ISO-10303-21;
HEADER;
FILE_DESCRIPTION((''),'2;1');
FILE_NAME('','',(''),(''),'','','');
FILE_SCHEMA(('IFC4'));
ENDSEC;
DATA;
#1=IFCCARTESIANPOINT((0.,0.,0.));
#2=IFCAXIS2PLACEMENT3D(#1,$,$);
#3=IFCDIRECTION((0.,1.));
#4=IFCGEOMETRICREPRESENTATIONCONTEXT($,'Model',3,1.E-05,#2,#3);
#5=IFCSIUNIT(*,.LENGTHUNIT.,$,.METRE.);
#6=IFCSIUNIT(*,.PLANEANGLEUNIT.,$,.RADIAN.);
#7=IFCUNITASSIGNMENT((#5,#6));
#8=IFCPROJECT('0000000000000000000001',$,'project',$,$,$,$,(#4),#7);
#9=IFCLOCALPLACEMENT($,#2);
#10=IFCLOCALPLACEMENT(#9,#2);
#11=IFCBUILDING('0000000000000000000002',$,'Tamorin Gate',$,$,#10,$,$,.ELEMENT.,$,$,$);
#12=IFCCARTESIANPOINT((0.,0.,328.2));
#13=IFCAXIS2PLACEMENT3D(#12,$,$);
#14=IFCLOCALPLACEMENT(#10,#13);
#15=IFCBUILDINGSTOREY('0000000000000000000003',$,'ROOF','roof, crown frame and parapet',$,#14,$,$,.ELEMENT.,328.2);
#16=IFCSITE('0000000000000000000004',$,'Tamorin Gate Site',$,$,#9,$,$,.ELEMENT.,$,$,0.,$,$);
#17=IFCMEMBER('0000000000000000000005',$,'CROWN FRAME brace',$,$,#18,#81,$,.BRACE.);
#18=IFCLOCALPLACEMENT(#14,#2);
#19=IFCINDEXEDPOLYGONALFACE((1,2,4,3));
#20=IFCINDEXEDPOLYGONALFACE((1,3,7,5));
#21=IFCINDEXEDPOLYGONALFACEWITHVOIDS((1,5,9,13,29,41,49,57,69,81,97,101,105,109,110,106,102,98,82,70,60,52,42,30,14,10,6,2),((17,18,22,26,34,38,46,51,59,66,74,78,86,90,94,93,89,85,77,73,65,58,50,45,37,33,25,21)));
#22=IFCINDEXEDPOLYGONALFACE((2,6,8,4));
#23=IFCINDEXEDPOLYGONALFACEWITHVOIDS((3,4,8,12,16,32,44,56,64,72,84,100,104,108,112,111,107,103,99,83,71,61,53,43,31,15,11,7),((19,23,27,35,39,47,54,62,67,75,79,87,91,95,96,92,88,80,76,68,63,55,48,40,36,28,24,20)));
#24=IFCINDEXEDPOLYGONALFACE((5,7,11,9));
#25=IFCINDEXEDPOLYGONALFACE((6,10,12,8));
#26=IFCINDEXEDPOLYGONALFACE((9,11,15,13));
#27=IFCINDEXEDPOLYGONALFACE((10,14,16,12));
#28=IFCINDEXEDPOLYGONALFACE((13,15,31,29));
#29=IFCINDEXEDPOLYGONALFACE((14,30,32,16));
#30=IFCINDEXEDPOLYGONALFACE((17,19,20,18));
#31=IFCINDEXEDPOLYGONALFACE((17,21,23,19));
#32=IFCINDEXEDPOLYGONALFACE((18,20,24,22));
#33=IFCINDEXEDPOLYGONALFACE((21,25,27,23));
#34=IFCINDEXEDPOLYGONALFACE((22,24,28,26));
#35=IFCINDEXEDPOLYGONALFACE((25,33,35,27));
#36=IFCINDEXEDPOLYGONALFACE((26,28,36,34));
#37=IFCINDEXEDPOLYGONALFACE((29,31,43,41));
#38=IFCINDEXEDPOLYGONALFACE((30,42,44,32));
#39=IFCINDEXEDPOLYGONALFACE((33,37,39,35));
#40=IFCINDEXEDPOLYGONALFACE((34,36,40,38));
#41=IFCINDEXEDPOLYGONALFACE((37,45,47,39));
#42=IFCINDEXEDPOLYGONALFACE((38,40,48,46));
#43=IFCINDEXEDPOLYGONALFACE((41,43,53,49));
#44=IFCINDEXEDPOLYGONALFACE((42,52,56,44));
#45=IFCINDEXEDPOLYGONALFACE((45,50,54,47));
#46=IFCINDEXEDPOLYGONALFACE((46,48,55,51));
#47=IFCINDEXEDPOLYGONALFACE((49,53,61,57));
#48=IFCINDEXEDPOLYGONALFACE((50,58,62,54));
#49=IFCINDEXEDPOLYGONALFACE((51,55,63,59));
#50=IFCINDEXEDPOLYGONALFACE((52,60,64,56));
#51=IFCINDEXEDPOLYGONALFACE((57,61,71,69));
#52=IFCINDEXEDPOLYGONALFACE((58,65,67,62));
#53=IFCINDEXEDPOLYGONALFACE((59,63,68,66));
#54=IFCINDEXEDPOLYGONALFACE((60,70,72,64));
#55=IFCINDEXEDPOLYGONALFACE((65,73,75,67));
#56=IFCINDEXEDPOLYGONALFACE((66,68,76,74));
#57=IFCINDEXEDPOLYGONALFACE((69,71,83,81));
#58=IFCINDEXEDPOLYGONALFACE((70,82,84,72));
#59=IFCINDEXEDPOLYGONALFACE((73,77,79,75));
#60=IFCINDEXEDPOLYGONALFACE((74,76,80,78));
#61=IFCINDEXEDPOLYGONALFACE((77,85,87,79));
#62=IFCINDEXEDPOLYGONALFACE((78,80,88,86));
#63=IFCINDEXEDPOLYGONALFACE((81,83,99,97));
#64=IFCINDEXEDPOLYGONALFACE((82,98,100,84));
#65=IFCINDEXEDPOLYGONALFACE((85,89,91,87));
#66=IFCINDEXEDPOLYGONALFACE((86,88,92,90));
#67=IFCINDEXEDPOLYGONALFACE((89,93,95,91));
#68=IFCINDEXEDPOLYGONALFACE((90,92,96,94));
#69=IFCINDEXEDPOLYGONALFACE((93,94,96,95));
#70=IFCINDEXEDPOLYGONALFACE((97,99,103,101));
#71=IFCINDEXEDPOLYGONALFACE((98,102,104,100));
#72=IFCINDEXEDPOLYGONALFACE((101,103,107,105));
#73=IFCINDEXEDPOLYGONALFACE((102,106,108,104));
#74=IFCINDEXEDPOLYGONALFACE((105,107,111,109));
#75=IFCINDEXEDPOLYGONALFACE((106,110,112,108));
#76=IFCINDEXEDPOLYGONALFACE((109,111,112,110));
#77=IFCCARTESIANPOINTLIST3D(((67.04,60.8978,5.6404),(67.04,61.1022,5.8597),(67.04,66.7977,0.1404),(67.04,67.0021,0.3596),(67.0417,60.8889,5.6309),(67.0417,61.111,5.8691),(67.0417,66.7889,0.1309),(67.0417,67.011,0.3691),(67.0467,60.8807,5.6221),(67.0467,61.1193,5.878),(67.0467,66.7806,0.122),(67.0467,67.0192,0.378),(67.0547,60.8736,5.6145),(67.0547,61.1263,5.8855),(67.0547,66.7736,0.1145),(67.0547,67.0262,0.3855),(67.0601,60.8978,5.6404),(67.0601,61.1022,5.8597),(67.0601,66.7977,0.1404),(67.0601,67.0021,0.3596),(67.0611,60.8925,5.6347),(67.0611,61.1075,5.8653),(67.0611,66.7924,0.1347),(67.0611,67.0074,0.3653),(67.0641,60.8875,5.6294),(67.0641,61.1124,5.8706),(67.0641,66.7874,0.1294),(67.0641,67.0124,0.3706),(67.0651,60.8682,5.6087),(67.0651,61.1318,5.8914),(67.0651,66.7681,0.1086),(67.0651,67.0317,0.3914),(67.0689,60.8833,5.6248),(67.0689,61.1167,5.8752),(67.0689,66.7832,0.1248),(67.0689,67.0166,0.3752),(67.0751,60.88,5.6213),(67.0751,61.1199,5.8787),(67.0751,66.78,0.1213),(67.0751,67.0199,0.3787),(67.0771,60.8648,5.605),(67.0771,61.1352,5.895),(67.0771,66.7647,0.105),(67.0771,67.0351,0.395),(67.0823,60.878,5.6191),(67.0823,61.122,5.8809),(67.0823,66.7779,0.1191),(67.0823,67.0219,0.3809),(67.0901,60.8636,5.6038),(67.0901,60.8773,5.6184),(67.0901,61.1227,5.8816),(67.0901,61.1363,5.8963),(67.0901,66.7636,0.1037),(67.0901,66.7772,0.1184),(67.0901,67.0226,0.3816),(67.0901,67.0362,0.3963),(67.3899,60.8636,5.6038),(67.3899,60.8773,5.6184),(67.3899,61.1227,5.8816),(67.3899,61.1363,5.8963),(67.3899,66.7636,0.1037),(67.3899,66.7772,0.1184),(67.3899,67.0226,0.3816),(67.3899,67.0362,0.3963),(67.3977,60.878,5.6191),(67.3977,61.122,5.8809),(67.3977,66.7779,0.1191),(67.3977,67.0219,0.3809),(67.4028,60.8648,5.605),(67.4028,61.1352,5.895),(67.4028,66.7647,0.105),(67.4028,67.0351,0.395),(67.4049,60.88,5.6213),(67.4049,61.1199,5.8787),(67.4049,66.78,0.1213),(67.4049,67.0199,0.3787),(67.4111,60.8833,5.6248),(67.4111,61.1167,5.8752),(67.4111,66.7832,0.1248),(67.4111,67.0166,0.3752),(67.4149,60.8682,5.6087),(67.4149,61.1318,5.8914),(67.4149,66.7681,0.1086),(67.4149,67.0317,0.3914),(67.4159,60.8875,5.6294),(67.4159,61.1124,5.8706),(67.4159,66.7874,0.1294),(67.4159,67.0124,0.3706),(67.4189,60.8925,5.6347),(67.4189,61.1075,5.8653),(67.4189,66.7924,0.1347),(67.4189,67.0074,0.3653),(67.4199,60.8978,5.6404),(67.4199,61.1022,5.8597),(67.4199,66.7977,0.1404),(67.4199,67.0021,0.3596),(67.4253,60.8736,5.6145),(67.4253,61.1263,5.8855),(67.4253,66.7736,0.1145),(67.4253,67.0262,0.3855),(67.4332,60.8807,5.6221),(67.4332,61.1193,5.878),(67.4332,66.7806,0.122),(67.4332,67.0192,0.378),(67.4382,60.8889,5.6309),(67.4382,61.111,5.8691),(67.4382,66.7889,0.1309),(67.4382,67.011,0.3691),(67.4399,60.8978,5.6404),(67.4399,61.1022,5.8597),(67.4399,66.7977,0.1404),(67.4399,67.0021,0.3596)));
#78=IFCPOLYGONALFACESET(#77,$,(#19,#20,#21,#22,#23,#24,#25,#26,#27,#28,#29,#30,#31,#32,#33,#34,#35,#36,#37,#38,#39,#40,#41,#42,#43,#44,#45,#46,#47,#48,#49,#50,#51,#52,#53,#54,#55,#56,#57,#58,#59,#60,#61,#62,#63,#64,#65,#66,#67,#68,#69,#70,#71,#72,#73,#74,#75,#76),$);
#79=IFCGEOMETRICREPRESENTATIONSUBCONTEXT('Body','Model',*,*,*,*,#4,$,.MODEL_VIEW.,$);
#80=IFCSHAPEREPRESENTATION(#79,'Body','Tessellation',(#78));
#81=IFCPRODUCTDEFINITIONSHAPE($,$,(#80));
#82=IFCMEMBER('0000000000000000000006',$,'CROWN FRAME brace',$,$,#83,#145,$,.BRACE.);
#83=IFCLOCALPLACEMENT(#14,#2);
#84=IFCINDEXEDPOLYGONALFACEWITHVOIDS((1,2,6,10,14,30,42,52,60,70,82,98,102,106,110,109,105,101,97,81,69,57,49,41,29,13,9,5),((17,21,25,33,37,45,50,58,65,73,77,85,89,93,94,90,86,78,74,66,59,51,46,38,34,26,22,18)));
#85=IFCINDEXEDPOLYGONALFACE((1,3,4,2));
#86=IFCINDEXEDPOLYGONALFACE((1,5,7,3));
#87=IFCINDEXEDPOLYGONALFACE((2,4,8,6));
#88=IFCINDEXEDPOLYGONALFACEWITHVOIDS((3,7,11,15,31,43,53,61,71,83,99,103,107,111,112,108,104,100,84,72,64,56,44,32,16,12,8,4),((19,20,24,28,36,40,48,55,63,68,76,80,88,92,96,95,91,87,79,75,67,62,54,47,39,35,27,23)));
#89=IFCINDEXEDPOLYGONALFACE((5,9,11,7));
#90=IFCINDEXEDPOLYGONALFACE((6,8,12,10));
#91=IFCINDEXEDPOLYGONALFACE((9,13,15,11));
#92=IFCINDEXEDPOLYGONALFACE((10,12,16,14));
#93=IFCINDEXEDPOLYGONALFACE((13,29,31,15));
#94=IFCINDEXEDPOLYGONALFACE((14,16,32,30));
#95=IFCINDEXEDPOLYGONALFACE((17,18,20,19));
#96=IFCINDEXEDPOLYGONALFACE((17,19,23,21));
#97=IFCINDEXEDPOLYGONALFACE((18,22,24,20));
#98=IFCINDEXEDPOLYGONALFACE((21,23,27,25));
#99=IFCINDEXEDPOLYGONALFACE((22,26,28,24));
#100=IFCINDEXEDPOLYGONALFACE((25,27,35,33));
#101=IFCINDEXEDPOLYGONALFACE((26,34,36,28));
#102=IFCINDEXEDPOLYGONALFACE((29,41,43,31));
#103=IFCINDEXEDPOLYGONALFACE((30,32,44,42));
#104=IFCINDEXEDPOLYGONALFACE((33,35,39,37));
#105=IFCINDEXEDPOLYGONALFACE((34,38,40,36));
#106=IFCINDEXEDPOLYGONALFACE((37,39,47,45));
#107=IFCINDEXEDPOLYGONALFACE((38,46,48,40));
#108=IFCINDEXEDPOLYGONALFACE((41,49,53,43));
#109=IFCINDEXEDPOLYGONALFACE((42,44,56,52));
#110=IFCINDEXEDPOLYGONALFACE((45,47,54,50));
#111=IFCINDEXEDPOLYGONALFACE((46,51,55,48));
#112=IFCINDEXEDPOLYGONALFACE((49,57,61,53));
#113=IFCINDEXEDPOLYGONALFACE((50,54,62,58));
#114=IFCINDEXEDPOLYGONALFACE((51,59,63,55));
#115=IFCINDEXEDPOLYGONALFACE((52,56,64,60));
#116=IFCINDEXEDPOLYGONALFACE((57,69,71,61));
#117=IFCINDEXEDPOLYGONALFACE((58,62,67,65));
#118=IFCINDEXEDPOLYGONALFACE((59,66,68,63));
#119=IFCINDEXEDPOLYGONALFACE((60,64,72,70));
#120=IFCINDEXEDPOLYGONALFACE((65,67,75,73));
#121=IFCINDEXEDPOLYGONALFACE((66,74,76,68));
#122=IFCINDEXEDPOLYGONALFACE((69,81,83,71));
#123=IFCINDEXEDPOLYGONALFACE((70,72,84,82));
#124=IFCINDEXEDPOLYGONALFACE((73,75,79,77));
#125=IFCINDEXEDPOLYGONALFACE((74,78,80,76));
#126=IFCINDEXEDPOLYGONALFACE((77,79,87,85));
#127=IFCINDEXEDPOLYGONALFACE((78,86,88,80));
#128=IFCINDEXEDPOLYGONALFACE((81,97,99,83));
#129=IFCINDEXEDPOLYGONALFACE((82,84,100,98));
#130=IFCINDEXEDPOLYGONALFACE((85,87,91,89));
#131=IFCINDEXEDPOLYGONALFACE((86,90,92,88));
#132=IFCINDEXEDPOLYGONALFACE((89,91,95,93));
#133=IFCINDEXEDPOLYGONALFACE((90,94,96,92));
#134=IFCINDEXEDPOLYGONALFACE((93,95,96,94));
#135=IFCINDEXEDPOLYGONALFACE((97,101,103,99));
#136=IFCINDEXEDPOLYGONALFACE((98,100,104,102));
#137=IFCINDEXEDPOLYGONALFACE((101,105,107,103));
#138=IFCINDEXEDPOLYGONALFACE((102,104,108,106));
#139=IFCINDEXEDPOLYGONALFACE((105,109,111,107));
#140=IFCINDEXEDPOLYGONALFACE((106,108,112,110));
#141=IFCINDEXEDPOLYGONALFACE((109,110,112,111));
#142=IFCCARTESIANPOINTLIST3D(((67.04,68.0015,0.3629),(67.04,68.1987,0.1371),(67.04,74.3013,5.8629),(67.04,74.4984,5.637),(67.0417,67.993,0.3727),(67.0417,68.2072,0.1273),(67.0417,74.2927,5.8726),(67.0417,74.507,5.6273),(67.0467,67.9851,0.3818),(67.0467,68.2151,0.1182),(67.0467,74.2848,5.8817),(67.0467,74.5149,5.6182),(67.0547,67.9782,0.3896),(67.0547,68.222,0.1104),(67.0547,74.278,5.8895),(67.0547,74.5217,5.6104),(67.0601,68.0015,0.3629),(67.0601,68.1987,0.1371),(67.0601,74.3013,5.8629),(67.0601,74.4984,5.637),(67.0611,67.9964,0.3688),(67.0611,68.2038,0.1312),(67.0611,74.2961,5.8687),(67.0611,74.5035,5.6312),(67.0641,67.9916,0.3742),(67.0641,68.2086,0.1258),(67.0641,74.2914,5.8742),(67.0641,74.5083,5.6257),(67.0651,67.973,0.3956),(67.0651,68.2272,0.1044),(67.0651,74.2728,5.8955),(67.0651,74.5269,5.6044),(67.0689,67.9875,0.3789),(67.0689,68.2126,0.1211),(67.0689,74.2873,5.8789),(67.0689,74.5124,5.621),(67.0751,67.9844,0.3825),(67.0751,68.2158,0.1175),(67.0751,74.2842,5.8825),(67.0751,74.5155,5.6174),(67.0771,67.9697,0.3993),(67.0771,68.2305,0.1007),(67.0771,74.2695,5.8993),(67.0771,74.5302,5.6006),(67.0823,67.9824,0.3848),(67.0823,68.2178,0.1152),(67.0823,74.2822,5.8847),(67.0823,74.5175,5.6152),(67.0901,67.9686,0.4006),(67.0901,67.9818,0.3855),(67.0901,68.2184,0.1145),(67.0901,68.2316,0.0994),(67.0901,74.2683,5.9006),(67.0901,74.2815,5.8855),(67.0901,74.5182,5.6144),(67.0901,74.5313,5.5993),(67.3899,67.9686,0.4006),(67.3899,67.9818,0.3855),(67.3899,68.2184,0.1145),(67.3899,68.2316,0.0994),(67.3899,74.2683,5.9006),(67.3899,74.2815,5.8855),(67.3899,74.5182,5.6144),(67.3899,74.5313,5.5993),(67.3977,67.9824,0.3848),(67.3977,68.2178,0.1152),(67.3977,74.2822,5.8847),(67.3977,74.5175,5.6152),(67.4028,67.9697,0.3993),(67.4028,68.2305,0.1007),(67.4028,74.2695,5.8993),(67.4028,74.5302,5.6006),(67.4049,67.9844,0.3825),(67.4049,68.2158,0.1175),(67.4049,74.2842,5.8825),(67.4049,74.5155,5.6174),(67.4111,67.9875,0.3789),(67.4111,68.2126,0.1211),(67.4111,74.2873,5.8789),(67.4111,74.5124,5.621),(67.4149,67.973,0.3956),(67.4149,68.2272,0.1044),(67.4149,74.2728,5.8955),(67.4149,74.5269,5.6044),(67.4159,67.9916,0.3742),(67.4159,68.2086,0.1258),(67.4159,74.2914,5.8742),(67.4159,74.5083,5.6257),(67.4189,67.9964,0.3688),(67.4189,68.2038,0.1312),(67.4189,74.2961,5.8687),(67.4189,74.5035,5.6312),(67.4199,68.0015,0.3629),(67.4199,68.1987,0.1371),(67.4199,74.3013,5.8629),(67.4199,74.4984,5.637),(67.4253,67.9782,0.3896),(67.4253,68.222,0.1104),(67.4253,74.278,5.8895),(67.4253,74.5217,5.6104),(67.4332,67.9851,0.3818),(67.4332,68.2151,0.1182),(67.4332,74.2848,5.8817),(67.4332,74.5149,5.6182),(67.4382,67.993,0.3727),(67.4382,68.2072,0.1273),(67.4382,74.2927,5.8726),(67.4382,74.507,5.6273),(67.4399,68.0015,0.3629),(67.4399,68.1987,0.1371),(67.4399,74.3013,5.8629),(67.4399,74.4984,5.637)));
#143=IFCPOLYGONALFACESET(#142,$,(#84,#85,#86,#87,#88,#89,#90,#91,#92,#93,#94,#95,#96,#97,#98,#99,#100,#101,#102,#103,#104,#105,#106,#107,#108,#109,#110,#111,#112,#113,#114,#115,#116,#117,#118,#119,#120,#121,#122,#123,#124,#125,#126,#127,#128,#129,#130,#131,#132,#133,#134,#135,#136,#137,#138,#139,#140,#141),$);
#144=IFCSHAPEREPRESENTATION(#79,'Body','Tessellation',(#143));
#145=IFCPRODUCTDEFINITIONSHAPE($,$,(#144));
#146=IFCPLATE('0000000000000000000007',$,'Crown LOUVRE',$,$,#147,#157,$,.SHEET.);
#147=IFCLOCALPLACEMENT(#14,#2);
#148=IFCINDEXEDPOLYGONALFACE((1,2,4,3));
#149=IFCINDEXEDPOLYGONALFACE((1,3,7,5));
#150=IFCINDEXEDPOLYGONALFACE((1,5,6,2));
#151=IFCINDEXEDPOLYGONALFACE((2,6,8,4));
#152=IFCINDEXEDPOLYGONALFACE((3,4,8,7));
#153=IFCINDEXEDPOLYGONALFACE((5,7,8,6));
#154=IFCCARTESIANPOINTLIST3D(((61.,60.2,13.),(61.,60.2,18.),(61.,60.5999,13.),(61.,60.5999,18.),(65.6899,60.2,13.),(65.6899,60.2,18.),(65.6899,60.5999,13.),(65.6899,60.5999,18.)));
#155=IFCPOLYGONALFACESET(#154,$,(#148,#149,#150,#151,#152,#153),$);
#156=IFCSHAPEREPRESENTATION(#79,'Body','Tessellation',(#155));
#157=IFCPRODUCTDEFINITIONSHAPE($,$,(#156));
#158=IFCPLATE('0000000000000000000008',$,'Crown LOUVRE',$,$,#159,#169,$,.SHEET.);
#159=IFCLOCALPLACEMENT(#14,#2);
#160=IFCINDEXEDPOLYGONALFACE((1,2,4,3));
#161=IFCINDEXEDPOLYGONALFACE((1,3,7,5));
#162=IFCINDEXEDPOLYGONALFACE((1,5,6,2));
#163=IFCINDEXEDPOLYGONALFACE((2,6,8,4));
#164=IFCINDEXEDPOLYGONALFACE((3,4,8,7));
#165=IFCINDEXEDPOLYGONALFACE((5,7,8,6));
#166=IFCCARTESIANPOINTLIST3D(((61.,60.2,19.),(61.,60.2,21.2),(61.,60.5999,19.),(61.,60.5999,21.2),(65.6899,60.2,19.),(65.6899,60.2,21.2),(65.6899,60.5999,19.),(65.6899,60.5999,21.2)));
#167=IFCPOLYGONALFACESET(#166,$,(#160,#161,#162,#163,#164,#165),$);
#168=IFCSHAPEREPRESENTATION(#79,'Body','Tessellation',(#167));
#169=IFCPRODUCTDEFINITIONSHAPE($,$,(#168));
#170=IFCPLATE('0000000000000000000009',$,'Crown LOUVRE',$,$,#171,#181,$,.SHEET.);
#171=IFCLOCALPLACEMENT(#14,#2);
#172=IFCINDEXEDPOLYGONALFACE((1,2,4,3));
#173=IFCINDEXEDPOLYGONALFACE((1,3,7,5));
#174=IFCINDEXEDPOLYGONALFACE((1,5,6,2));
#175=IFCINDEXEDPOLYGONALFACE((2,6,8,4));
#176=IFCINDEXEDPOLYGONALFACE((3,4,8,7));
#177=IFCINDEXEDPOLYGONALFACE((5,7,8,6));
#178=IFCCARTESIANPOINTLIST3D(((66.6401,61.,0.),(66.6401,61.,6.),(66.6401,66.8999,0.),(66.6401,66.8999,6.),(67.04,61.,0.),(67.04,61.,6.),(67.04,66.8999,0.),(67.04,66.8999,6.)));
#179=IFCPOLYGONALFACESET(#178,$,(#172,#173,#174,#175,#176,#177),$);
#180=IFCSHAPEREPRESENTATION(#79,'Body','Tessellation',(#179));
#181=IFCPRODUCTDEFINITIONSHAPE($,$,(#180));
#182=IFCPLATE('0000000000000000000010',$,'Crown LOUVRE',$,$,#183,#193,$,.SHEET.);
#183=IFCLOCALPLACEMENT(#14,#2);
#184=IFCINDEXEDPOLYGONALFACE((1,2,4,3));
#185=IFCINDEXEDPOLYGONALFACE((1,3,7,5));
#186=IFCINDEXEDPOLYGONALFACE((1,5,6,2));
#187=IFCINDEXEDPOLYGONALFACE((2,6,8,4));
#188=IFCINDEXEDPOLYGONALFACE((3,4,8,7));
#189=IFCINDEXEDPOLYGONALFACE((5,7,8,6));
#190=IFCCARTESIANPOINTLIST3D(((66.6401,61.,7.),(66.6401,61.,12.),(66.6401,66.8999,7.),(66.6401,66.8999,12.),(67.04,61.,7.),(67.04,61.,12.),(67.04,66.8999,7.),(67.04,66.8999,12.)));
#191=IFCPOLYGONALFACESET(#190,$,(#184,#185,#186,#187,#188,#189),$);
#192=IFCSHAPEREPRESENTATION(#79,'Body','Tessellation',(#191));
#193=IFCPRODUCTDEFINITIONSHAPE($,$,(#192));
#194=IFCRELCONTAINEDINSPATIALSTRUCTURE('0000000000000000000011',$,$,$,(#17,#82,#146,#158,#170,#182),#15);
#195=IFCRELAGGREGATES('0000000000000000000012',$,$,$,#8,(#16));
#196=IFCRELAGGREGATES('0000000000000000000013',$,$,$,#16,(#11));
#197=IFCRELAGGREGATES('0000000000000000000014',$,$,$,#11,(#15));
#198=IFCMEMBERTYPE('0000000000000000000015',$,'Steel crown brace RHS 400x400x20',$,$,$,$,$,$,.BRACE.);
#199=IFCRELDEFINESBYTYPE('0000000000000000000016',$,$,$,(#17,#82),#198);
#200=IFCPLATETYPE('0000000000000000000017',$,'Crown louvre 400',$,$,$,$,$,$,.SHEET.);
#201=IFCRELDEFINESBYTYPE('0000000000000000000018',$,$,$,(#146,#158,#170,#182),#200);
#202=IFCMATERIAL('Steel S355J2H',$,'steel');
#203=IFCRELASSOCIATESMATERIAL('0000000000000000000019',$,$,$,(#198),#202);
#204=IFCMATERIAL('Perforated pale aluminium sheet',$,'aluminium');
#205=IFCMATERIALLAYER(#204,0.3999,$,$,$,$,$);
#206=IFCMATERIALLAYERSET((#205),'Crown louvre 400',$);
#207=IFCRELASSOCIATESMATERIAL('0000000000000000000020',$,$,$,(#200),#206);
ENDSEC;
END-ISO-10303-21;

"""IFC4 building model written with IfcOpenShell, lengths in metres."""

from ifc_helpers import new_model, si_unit, direction, frame, origin, origin_2d, place, context, subcontext, project, spatial, rectangle, hollow_rectangle, extrude, material, layer, layer_set, material_profile, profile_set, type_object, element, save


model = new_model("IFC4")

# Units and contexts
model_context = context("Model", 3, precision=1e-05, world=origin(), true_north=direction((0.0, 1.0)))
body_context = subcontext(model_context, "Body", "Model", "MODEL_VIEW")
ifc_project = project(units=[si_unit("LENGTHUNIT", "METRE"), si_unit("PLANEANGLEUNIT", "RADIAN")], contexts=[model_context])

# Site, building, storey
site_placement = place(None, origin())
site = spatial("IfcSite", under=ifc_project, at=site_placement, Name="Tamorin Gate Site", CompositionType="ELEMENT", RefElevation=0.0)
building_placement = place(site_placement, origin())
building = spatial("IfcBuilding", under=site, at=building_placement, Name="Tamorin Gate", CompositionType="ELEMENT")
storey_placement = place(building_placement, frame((0.0, 0.0, 328.2)))
storey = spatial("IfcBuildingStorey", under=building, at=storey_placement, Name="ROOF", Description="roof, crown frame and parapet", CompositionType="ELEMENT", Elevation=328.2)

# Members
ifc_material_1 = material(Name="Steel S355J2H", Category="steel")
ifc_material_profile_1 = material_profile(ifc_material_1, hollow_rectangle(XDim=0.3999, YDim=0.3999, WallThickness=0.02, InnerFilletRadius=0.03, OuterFilletRadius=0.05, at=origin_2d()), Name="RHS 400x400x20")
ifc_profile_set_1 = profile_set([ifc_material_profile_1], Name="Steel S355J2H")
member_type_1 = type_object("IfcMemberType", Name="Steel crown brace RHS 400x400x20", PredefinedType="BRACE", material=ifc_profile_set_1)
member_1_placement = place(storey_placement, frame((67.24, 66.8999, 0.25), z_axis=(0.0, -0.731462, 0.681882), x_axis=(1.0, 0.0, 0.0)))
element("IfcMember", 1, at=member_1_placement, inside=storey, type_object=member_type_1, Name="CROWN FRAME brace", PredefinedType="BRACE", context=body_context, shape_type="SweptSolid", body=[
    extrude(hollow_rectangle(XDim=0.3999, YDim=0.3999, WallThickness=0.02, InnerFilletRadius=0.03, OuterFilletRadius=0.05, at=origin_2d()), origin(), (0.0, 0.0, 1.0), 8.0659),
])
member_2_placement = place(storey_placement, frame((67.24, 68.1001, 0.25), z_axis=(0.0, 0.753307, 0.657669), x_axis=(-1.0, 0.0, 0.0)))
element("IfcMember", 2, at=member_2_placement, inside=storey, type_object=member_type_1, Name="CROWN FRAME brace", PredefinedType="BRACE", context=body_context, shape_type="SweptSolid", body=[
    extrude(hollow_rectangle(XDim=0.3999, YDim=0.3999, WallThickness=0.02, InnerFilletRadius=0.03, OuterFilletRadius=0.05, at=origin_2d()), origin(), (0.0, 0.0, 1.0), 8.3628),
])

# Plates
ifc_material_2 = material(Name="Perforated pale aluminium sheet", Category="aluminium")
ifc_layer = layer(ifc_material_2, 0.3999)
ifc_layer_set = layer_set([ifc_layer], Name="Crown louvre 400")
plate_type = type_object("IfcPlateType", Name="Crown louvre 400", PredefinedType="SHEET", material=ifc_layer_set)
plate_1_placement = place(storey_placement, frame((63.345, 60.3999, 13.0), z_axis=(0.0, 0.0, 1.0), x_axis=(1.0, 0.0, 0.0)))
element("IfcPlate", 3, at=plate_1_placement, inside=storey, type_object=plate_type, Name="Crown LOUVRE", PredefinedType="SHEET", context=body_context, shape_type="SweptSolid", body=[
    extrude(rectangle(XDim=4.6899, YDim=0.3999, at=origin_2d()), origin(), (0.0, 0.0, 1.0), 5.0),
])
plate_2_placement = place(storey_placement, frame((63.345, 60.3999, 19.0), z_axis=(0.0, 0.0, 1.0), x_axis=(1.0, 0.0, 0.0)))
element("IfcPlate", 4, at=plate_2_placement, inside=storey, type_object=plate_type, Name="Crown LOUVRE", PredefinedType="SHEET", context=body_context, shape_type="SweptSolid", body=[
    extrude(rectangle(XDim=4.6899, YDim=0.3999, at=origin_2d()), origin(), (0.0, 0.0, 1.0), 2.2),
])
plate_3_placement = place(storey_placement, frame((66.8401, 63.95, 0.0), z_axis=(0.0, 0.0, 1.0), x_axis=(0.0, 1.0, 0.0)))
element("IfcPlate", 5, at=plate_3_placement, inside=storey, type_object=plate_type, Name="Crown LOUVRE", PredefinedType="SHEET", context=body_context, shape_type="SweptSolid", body=[
    extrude(rectangle(XDim=5.8999, YDim=0.3999, at=origin_2d()), origin(), (0.0, 0.0, 1.0), 6.0),
])
for number, where, z_axis, x_axis, name in (
    (6, (66.8401, 63.95, 7.0), (0.0, 0.0, 1.0), (0.0, 1.0, 0.0), "Crown LOUVRE"),
):
    element("IfcPlate", number, at=place(storey_placement, frame(where, z_axis=z_axis, x_axis=x_axis)), inside=storey, type_object=plate_type, Name=name, PredefinedType="SHEET", context=body_context, shape_type="SweptSolid", body=[
        extrude(rectangle(XDim=5.8999, YDim=0.3999, at=origin_2d()), origin(), (0.0, 0.0, 1.0), 5.0),
    ])

save(model, "model.ifc")
